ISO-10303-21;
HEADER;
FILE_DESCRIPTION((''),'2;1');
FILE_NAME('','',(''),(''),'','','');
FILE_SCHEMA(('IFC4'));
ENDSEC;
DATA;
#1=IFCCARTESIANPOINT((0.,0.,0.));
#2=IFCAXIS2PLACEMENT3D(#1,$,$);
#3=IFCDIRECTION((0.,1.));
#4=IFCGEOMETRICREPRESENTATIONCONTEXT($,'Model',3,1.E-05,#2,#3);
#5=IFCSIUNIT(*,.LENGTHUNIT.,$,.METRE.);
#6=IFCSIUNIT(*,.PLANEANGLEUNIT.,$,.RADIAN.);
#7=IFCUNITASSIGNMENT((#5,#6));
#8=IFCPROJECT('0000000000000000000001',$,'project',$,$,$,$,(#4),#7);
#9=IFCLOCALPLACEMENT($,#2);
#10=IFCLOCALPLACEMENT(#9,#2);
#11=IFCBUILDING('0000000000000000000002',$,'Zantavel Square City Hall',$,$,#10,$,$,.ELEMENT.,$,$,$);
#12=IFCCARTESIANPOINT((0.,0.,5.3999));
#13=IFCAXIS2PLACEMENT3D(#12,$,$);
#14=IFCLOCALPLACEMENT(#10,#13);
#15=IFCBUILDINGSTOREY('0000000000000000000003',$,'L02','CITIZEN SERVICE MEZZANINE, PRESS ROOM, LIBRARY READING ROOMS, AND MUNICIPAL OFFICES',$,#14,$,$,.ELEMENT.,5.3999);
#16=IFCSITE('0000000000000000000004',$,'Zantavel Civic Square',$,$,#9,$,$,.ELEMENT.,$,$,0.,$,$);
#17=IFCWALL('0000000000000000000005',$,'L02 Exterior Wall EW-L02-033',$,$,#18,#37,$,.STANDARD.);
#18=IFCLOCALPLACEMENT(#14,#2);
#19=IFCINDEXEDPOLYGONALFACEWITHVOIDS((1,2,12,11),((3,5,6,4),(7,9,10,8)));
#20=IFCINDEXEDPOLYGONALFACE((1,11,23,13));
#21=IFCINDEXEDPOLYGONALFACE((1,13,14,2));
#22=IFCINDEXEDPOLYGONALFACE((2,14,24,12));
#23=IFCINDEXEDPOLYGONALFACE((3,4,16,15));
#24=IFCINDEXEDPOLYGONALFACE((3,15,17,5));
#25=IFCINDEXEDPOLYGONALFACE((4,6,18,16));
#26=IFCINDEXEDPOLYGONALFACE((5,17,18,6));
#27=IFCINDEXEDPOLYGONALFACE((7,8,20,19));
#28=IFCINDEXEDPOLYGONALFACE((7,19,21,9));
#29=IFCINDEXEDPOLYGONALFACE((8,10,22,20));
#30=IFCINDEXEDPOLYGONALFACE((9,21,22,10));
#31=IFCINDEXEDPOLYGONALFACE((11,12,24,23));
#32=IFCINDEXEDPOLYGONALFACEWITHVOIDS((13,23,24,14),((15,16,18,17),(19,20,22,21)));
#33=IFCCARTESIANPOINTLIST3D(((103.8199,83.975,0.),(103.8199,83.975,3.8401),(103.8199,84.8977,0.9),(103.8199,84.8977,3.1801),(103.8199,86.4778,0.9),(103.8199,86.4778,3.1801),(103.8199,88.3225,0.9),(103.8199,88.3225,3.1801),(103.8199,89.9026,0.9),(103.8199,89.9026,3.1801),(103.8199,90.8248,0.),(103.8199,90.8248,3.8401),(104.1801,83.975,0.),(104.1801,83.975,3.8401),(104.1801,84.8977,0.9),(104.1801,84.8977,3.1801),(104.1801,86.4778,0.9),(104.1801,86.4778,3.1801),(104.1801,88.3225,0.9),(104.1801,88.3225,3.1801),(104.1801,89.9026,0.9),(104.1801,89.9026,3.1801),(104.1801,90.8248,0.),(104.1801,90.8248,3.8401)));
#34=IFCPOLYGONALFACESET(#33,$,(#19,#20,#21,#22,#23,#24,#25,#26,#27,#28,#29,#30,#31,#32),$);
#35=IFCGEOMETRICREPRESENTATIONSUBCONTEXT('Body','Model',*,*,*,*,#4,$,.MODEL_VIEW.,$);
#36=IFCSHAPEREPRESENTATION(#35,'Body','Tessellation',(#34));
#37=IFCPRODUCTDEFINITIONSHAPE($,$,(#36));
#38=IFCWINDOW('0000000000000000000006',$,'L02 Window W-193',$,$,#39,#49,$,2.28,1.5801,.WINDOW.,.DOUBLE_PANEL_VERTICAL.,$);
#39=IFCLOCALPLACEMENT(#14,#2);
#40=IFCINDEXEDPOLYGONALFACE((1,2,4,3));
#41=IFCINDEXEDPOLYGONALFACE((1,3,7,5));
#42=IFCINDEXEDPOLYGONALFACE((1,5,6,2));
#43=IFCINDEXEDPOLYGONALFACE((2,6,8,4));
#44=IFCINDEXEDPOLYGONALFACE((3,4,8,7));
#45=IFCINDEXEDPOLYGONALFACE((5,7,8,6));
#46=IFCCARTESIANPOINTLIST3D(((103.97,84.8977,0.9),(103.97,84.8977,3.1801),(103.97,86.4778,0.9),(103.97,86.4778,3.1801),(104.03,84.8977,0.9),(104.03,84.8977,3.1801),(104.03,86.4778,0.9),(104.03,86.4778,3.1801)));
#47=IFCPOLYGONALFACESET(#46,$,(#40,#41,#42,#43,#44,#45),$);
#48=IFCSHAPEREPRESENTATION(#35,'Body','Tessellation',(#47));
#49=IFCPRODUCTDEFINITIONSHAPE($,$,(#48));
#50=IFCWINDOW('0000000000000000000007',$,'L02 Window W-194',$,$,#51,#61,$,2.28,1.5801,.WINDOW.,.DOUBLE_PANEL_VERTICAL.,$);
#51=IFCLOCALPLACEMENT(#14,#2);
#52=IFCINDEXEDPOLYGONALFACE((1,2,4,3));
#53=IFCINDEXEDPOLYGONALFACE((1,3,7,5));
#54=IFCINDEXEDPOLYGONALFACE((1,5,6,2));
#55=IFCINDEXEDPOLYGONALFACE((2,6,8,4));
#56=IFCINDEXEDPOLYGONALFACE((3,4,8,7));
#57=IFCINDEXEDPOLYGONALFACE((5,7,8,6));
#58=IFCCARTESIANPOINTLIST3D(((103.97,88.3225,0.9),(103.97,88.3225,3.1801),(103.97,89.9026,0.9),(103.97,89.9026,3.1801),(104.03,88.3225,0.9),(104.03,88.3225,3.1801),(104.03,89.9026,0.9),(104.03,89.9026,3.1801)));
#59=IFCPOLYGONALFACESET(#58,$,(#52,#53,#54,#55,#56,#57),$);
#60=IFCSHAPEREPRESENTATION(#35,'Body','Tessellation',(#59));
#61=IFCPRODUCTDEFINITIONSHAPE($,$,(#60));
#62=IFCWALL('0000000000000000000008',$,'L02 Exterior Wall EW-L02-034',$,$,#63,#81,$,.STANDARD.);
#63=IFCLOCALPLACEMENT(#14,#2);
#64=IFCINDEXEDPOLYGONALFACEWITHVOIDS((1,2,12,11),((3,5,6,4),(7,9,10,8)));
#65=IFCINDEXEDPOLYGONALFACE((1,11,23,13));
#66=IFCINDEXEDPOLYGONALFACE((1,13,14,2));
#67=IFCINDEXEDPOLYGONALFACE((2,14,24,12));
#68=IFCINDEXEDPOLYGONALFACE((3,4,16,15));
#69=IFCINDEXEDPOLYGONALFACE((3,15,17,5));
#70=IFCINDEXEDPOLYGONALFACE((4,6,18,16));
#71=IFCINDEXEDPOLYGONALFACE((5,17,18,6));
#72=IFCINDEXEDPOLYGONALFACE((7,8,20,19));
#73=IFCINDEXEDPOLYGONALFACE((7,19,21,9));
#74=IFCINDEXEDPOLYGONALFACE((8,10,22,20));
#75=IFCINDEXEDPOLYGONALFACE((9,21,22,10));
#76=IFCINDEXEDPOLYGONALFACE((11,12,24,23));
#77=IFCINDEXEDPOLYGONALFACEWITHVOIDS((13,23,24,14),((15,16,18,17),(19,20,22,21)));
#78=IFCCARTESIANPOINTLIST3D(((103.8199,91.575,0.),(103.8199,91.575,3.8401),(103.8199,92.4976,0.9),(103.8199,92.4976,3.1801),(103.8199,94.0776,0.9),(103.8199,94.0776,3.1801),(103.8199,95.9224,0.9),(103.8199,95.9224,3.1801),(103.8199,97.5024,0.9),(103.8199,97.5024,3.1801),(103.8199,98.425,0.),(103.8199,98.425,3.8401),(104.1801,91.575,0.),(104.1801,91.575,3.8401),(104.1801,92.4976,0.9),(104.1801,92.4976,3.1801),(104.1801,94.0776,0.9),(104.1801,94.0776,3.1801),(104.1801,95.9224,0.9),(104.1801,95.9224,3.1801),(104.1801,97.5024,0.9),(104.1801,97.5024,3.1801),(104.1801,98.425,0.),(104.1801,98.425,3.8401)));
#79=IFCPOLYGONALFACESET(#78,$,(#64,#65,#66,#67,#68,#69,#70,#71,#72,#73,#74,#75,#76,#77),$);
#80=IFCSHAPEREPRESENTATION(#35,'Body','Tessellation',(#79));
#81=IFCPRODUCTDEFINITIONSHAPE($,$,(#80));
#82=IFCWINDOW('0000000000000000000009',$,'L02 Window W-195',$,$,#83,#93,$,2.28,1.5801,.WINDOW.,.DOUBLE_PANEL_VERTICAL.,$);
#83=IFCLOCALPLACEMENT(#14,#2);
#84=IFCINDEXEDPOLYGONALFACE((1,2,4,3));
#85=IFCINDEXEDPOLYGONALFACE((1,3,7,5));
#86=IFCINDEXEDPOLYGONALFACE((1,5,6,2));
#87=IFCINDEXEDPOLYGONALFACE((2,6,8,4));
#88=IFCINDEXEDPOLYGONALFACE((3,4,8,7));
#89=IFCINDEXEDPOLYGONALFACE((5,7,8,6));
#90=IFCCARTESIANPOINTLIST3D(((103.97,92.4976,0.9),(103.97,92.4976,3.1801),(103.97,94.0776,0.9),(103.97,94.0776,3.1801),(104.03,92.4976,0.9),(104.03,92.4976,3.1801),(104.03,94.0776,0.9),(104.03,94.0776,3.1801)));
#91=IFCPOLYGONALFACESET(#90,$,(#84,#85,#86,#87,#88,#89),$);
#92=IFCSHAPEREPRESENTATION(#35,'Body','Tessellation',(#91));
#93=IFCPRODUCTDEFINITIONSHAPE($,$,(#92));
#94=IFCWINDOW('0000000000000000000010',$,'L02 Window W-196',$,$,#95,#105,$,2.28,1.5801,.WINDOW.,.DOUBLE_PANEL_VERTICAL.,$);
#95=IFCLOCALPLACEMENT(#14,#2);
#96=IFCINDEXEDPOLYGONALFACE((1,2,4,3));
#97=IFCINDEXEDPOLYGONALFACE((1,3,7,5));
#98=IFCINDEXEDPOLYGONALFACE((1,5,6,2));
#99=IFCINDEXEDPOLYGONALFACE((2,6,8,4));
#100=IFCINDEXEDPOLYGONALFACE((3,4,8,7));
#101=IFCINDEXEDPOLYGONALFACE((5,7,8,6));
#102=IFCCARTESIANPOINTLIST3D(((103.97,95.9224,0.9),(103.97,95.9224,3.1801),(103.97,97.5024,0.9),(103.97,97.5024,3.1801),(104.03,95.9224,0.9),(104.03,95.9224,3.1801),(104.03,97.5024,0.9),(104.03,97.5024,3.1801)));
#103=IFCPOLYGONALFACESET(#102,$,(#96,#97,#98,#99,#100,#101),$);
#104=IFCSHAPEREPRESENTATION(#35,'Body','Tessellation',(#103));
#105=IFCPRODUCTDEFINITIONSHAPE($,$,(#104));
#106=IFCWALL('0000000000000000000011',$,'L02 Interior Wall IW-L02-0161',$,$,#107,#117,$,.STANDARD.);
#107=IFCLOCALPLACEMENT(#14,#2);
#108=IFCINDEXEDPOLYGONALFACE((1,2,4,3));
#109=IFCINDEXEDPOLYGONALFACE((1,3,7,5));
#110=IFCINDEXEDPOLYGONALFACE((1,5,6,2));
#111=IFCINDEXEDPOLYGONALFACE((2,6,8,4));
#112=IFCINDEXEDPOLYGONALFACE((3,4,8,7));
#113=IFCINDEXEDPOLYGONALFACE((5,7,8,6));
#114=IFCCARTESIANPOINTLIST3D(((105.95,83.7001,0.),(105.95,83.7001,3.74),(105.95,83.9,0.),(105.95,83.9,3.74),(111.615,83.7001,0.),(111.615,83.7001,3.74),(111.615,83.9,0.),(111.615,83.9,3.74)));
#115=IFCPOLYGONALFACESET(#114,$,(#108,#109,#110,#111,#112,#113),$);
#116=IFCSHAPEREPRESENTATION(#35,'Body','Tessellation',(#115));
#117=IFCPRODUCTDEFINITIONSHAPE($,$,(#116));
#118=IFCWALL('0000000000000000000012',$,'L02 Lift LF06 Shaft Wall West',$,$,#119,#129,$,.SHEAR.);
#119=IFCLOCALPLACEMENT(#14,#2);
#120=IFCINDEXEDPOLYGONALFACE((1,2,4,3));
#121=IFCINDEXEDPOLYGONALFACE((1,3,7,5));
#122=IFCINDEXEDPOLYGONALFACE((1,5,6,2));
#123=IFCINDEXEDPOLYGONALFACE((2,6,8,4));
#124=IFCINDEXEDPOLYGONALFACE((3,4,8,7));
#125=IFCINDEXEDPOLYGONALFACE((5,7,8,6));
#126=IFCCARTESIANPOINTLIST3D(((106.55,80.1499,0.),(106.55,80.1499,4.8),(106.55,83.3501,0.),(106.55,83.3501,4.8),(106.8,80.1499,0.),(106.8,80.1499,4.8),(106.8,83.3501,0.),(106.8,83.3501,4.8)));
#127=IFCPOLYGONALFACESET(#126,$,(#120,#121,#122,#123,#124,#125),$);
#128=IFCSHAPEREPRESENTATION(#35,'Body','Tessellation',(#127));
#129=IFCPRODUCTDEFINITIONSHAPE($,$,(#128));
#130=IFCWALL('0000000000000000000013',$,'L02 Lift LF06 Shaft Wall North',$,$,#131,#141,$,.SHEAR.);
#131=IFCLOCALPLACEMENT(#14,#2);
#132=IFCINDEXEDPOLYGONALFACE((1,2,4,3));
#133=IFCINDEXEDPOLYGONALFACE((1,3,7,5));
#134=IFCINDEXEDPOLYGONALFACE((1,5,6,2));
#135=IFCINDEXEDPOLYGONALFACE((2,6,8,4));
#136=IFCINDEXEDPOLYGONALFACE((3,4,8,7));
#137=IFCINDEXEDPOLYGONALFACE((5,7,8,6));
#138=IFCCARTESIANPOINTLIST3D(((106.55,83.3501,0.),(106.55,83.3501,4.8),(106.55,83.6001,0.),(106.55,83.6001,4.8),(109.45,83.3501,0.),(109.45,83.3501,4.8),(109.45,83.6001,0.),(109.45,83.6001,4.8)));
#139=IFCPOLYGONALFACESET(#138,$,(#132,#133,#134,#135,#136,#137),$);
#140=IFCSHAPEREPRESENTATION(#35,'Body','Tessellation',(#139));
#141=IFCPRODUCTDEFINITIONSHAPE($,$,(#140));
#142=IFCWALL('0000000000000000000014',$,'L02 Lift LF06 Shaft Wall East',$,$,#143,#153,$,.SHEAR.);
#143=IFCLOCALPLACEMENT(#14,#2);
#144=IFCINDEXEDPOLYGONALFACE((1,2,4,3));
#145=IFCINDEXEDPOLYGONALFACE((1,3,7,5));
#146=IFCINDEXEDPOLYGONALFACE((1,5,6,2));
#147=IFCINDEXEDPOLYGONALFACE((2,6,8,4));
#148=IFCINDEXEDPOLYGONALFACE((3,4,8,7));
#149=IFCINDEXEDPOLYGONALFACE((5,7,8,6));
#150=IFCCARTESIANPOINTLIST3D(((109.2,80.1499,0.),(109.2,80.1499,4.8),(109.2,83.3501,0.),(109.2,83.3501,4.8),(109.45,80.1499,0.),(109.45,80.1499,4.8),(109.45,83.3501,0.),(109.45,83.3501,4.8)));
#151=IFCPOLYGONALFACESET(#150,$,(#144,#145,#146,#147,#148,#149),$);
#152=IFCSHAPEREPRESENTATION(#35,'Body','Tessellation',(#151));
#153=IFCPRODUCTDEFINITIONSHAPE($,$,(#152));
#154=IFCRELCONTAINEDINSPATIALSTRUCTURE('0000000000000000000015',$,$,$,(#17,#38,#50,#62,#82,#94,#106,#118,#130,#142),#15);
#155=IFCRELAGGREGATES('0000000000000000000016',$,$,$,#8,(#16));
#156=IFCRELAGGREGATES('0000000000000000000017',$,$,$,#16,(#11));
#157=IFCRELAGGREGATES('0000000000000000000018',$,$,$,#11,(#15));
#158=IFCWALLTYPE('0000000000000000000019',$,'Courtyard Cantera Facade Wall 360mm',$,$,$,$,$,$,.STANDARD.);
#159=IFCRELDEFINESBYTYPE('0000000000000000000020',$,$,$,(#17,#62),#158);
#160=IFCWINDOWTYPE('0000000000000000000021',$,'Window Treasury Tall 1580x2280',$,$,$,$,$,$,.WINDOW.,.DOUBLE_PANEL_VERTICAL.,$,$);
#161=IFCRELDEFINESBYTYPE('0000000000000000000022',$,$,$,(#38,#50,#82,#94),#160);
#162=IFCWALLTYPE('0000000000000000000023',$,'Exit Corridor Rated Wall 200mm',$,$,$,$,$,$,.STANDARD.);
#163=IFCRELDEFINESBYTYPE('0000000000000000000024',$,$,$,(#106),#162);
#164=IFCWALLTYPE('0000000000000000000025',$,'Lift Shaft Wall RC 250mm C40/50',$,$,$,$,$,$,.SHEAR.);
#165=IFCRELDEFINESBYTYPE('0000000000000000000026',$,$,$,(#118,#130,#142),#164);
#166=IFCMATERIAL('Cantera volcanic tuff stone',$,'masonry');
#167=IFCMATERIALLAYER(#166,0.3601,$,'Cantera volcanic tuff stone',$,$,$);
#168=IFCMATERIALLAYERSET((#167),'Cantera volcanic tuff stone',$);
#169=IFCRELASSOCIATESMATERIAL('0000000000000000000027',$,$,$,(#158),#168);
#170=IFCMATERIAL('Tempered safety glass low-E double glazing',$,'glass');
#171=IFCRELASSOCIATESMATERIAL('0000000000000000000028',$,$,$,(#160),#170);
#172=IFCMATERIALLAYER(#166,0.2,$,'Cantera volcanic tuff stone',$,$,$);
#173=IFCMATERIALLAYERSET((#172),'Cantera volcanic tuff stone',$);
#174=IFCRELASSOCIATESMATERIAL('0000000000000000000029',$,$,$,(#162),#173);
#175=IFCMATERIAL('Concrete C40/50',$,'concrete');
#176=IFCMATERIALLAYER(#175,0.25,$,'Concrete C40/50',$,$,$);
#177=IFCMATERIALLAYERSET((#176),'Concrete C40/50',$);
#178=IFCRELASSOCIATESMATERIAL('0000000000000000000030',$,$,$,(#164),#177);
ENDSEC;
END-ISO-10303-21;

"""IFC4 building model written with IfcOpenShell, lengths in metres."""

from ifc_helpers import new_model, si_unit, direction, frame, frame_2d, origin, place, context, subcontext, project, spatial, rectangle, extrude, material, layer, layer_set, type_object, element, fill, save


model = new_model("IFC4")

# Units and contexts
model_context = context("Model", 3, precision=1e-05, world=origin(), true_north=direction((0.0, 1.0)))
body_context = subcontext(model_context, "Body", "Model", "MODEL_VIEW")
ifc_project = project(units=[si_unit("LENGTHUNIT", "METRE"), si_unit("PLANEANGLEUNIT", "RADIAN")], contexts=[model_context])

# Site, building, storey
site_placement = place(None, origin())
site = spatial("IfcSite", under=ifc_project, at=site_placement, Name="Zantavel Civic Square", CompositionType="ELEMENT", RefElevation=0.0)
building_placement = place(site_placement, origin())
building = spatial("IfcBuilding", under=site, at=building_placement, Name="Zantavel Square City Hall", CompositionType="ELEMENT")
storey_placement = place(building_placement, frame((0.0, 0.0, 5.3999)))
storey = spatial("IfcBuildingStorey", under=building, at=storey_placement, Name="L02", Description="CITIZEN SERVICE MEZZANINE, PRESS ROOM, LIBRARY READING ROOMS, AND MUNICIPAL OFFICES", CompositionType="ELEMENT", Elevation=5.3999)

# Shared definitions
ifc_material_1 = material(Name="Concrete C40/50", Category="concrete")

# Walls, openings, windows
ifc_material_2 = material(Name="Cantera volcanic tuff stone", Category="masonry")
ifc_layer_1 = layer(ifc_material_2, 0.3601, Name="Cantera volcanic tuff stone")
ifc_layer_set_1 = layer_set([ifc_layer_1], Name="Cantera volcanic tuff stone")
wall_type_1 = type_object("IfcWallType", Name="Courtyard Cantera Facade Wall 360mm", PredefinedType="STANDARD", material=ifc_layer_set_1)
wall_1_placement = place(storey_placement, frame((104.0, 83.9751, 0.0), z_axis=(0.0, 0.0, 1.0), x_axis=(0.0, 1.0, 0.0)))
wall_1 = element("IfcWall", 1, at=wall_1_placement, inside=storey, type_object=wall_type_1, Name="L02 Exterior Wall EW-L02-033", PredefinedType="STANDARD", context=body_context, shape_type="SweptSolid", body=[
    extrude(rectangle(XDim=6.8499, YDim=0.3601, at=frame_2d((3.4248, 0.0))), origin(), (0.0, 0.0, 1.0), 3.8401),
])
opening_1_placement = place(wall_1_placement, frame((0.9226, 0.0, 0.8999)))
opening_1 = element("IfcOpeningElement", 2, at=opening_1_placement, cuts=wall_1, PredefinedType="OPENING", context=body_context, shape_type="SweptSolid", body=[
    extrude(rectangle(XDim=1.5801, YDim=2.28, at=frame_2d((0.79, 1.1401))), frame((0.0, 0.1899, 0.0), z_axis=(0.0, -1.0, 0.0), x_axis=(1.0, 0.0, 0.0)), (0.0, 0.0, 1.0), 0.3801),
])
opening_2_placement = place(wall_1_placement, frame((4.3474, 0.0, 0.8999)))
opening_2 = element("IfcOpeningElement", 3, at=opening_2_placement, cuts=wall_1, PredefinedType="OPENING", context=body_context, shape_type="SweptSolid", body=[
    extrude(rectangle(XDim=1.5801, YDim=2.28, at=frame_2d((0.79, 1.1401))), frame((0.0, 0.1899, 0.0), z_axis=(0.0, -1.0, 0.0), x_axis=(1.0, 0.0, 0.0)), (0.0, 0.0, 1.0), 0.3801),
])
ifc_material_3 = material(Name="Tempered safety glass low-E double glazing", Category="glass")
window_type = type_object("IfcWindowType", Name="Window Treasury Tall 1580x2280", PartitioningType="DOUBLE_PANEL_VERTICAL", PredefinedType="WINDOW", material=ifc_material_3)
window_1_placement = place(opening_1_placement, origin())
window_1 = element("IfcWindow", 4, at=window_1_placement, inside=storey, type_object=window_type, Name="L02 Window W-193", OverallHeight=2.28, OverallWidth=1.5801, PartitioningType="DOUBLE_PANEL_VERTICAL", PredefinedType="WINDOW", context=body_context, shape_type="SweptSolid", body=[
    extrude(rectangle(XDim=1.5801, YDim=2.28, at=frame_2d((0.79, 1.1401))), frame((0.0, 0.03, 0.0), z_axis=(0.0, -1.0, 0.0), x_axis=(1.0, 0.0, 0.0)), (0.0, 0.0, 1.0), 0.0601),
])
fill(opening_1, window_1)
window_2_placement = place(opening_2_placement, origin())
window_2 = element("IfcWindow", 5, at=window_2_placement, inside=storey, type_object=window_type, Name="L02 Window W-194", OverallHeight=2.28, OverallWidth=1.5801, PartitioningType="DOUBLE_PANEL_VERTICAL", PredefinedType="WINDOW", context=body_context, shape_type="SweptSolid", body=[
    extrude(rectangle(XDim=1.5801, YDim=2.28, at=frame_2d((0.79, 1.1401))), frame((0.0, 0.03, 0.0), z_axis=(0.0, -1.0, 0.0), x_axis=(1.0, 0.0, 0.0)), (0.0, 0.0, 1.0), 0.0601),
])
fill(opening_2, window_2)
wall_2_placement = place(storey_placement, frame((104.0, 91.575, 0.0), z_axis=(0.0, 0.0, 1.0), x_axis=(0.0, 1.0, 0.0)))
wall_2 = element("IfcWall", 6, at=wall_2_placement, inside=storey, type_object=wall_type_1, Name="L02 Exterior Wall EW-L02-034", PredefinedType="STANDARD", context=body_context, shape_type="SweptSolid", body=[
    extrude(rectangle(XDim=6.8501, YDim=0.3601, at=frame_2d((3.425, 0.0))), origin(), (0.0, 0.0, 1.0), 3.8401),
])
opening_3_placement = place(wall_2_placement, frame((0.9226, 0.0, 0.8999)))
opening_3 = element("IfcOpeningElement", 7, at=opening_3_placement, cuts=wall_2, PredefinedType="OPENING", context=body_context, shape_type="SweptSolid", body=[
    extrude(rectangle(XDim=1.5801, YDim=2.28, at=frame_2d((0.79, 1.1401))), frame((0.0, 0.1899, 0.0), z_axis=(0.0, -1.0, 0.0), x_axis=(1.0, 0.0, 0.0)), (0.0, 0.0, 1.0), 0.3801),
])
opening_4_placement = place(wall_2_placement, frame((4.3474, 0.0, 0.8999)))
opening_4 = element("IfcOpeningElement", 8, at=opening_4_placement, cuts=wall_2, PredefinedType="OPENING", context=body_context, shape_type="SweptSolid", body=[
    extrude(rectangle(XDim=1.5801, YDim=2.28, at=frame_2d((0.79, 1.1401))), frame((0.0, 0.1899, 0.0), z_axis=(0.0, -1.0, 0.0), x_axis=(1.0, 0.0, 0.0)), (0.0, 0.0, 1.0), 0.3801),
])
window_3_placement = place(opening_3_placement, origin())
window_3 = element("IfcWindow", 9, at=window_3_placement, inside=storey, type_object=window_type, Name="L02 Window W-195", OverallHeight=2.28, OverallWidth=1.5801, PartitioningType="DOUBLE_PANEL_VERTICAL", PredefinedType="WINDOW", context=body_context, shape_type="SweptSolid", body=[
    extrude(rectangle(XDim=1.5801, YDim=2.28, at=frame_2d((0.79, 1.1401))), frame((0.0, 0.03, 0.0), z_axis=(0.0, -1.0, 0.0), x_axis=(1.0, 0.0, 0.0)), (0.0, 0.0, 1.0), 0.0601),
])
fill(opening_3, window_3)
window_4_placement = place(opening_4_placement, origin())
window_4 = element("IfcWindow", 10, at=window_4_placement, inside=storey, type_object=window_type, Name="L02 Window W-196", OverallHeight=2.28, OverallWidth=1.5801, PartitioningType="DOUBLE_PANEL_VERTICAL", PredefinedType="WINDOW", context=body_context, shape_type="SweptSolid", body=[
    extrude(rectangle(XDim=1.5801, YDim=2.28, at=frame_2d((0.79, 1.1401))), frame((0.0, 0.03, 0.0), z_axis=(0.0, -1.0, 0.0), x_axis=(1.0, 0.0, 0.0)), (0.0, 0.0, 1.0), 0.0601),
])
fill(opening_4, window_4)

# Wall
ifc_layer_2 = layer(ifc_material_2, 0.2, Name="Cantera volcanic tuff stone")
ifc_layer_set_2 = layer_set([ifc_layer_2], Name="Cantera volcanic tuff stone")
wall_type_2 = type_object("IfcWallType", Name="Exit Corridor Rated Wall 200mm", PredefinedType="STANDARD", material=ifc_layer_set_2)
wall_3_placement = place(storey_placement, frame((105.95, 83.8, 0.0), z_axis=(0.0, 0.0, 1.0), x_axis=(1.0, 0.0, 0.0)))
element("IfcWall", 11, at=wall_3_placement, inside=storey, type_object=wall_type_2, Name="L02 Interior Wall IW-L02-0161", PredefinedType="STANDARD", context=body_context, shape_type="SweptSolid", body=[
    extrude(rectangle(XDim=5.665, YDim=0.2, at=frame_2d((2.8325, 0.0))), origin(), (0.0, 0.0, 1.0), 3.74),
])

# Shared definitions
ifc_layer_3 = layer(ifc_material_1, 0.25, Name="Concrete C40/50")
ifc_layer_set_3 = layer_set([ifc_layer_3], Name="Concrete C40/50")
wall_type_3 = type_object("IfcWallType", Name="Lift Shaft Wall RC 250mm C40/50", PredefinedType="SHEAR", material=ifc_layer_set_3)

# Walls
wall_4_placement = place(storey_placement, frame((106.675, 80.1499, 0.0), z_axis=(0.0, 0.0, 1.0), x_axis=(0.0, 1.0, 0.0)))
element("IfcWall", 12, at=wall_4_placement, inside=storey, type_object=wall_type_3, Name="L02 Lift LF06 Shaft Wall West", PredefinedType="SHEAR", context=body_context, shape_type="SweptSolid", body=[
    extrude(rectangle(XDim=3.2002, YDim=0.25, at=frame_2d((1.6001, 0.0))), origin(), (0.0, 0.0, 1.0), 4.8),
])
wall_5_placement = place(storey_placement, frame((106.55, 83.4751, 0.0), z_axis=(0.0, 0.0, 1.0), x_axis=(1.0, 0.0, 0.0)))
element("IfcWall", 13, at=wall_5_placement, inside=storey, type_object=wall_type_3, Name="L02 Lift LF06 Shaft Wall North", PredefinedType="SHEAR", context=body_context, shape_type="SweptSolid", body=[
    extrude(rectangle(XDim=2.8999, YDim=0.25, at=frame_2d((1.45, 0.0))), origin(), (0.0, 0.0, 1.0), 4.8),
])
wall_6_placement = place(storey_placement, frame((109.325, 83.3501, 0.0), z_axis=(0.0, 0.0, 1.0), x_axis=(0.0, -1.0, 0.0)))
element("IfcWall", 14, at=wall_6_placement, inside=storey, type_object=wall_type_3, Name="L02 Lift LF06 Shaft Wall East", PredefinedType="SHEAR", context=body_context, shape_type="SweptSolid", body=[
    extrude(rectangle(XDim=3.2002, YDim=0.25, at=frame_2d((1.6001, 0.0))), origin(), (0.0, 0.0, 1.0), 4.8),
])

save(model, "model.ifc")
